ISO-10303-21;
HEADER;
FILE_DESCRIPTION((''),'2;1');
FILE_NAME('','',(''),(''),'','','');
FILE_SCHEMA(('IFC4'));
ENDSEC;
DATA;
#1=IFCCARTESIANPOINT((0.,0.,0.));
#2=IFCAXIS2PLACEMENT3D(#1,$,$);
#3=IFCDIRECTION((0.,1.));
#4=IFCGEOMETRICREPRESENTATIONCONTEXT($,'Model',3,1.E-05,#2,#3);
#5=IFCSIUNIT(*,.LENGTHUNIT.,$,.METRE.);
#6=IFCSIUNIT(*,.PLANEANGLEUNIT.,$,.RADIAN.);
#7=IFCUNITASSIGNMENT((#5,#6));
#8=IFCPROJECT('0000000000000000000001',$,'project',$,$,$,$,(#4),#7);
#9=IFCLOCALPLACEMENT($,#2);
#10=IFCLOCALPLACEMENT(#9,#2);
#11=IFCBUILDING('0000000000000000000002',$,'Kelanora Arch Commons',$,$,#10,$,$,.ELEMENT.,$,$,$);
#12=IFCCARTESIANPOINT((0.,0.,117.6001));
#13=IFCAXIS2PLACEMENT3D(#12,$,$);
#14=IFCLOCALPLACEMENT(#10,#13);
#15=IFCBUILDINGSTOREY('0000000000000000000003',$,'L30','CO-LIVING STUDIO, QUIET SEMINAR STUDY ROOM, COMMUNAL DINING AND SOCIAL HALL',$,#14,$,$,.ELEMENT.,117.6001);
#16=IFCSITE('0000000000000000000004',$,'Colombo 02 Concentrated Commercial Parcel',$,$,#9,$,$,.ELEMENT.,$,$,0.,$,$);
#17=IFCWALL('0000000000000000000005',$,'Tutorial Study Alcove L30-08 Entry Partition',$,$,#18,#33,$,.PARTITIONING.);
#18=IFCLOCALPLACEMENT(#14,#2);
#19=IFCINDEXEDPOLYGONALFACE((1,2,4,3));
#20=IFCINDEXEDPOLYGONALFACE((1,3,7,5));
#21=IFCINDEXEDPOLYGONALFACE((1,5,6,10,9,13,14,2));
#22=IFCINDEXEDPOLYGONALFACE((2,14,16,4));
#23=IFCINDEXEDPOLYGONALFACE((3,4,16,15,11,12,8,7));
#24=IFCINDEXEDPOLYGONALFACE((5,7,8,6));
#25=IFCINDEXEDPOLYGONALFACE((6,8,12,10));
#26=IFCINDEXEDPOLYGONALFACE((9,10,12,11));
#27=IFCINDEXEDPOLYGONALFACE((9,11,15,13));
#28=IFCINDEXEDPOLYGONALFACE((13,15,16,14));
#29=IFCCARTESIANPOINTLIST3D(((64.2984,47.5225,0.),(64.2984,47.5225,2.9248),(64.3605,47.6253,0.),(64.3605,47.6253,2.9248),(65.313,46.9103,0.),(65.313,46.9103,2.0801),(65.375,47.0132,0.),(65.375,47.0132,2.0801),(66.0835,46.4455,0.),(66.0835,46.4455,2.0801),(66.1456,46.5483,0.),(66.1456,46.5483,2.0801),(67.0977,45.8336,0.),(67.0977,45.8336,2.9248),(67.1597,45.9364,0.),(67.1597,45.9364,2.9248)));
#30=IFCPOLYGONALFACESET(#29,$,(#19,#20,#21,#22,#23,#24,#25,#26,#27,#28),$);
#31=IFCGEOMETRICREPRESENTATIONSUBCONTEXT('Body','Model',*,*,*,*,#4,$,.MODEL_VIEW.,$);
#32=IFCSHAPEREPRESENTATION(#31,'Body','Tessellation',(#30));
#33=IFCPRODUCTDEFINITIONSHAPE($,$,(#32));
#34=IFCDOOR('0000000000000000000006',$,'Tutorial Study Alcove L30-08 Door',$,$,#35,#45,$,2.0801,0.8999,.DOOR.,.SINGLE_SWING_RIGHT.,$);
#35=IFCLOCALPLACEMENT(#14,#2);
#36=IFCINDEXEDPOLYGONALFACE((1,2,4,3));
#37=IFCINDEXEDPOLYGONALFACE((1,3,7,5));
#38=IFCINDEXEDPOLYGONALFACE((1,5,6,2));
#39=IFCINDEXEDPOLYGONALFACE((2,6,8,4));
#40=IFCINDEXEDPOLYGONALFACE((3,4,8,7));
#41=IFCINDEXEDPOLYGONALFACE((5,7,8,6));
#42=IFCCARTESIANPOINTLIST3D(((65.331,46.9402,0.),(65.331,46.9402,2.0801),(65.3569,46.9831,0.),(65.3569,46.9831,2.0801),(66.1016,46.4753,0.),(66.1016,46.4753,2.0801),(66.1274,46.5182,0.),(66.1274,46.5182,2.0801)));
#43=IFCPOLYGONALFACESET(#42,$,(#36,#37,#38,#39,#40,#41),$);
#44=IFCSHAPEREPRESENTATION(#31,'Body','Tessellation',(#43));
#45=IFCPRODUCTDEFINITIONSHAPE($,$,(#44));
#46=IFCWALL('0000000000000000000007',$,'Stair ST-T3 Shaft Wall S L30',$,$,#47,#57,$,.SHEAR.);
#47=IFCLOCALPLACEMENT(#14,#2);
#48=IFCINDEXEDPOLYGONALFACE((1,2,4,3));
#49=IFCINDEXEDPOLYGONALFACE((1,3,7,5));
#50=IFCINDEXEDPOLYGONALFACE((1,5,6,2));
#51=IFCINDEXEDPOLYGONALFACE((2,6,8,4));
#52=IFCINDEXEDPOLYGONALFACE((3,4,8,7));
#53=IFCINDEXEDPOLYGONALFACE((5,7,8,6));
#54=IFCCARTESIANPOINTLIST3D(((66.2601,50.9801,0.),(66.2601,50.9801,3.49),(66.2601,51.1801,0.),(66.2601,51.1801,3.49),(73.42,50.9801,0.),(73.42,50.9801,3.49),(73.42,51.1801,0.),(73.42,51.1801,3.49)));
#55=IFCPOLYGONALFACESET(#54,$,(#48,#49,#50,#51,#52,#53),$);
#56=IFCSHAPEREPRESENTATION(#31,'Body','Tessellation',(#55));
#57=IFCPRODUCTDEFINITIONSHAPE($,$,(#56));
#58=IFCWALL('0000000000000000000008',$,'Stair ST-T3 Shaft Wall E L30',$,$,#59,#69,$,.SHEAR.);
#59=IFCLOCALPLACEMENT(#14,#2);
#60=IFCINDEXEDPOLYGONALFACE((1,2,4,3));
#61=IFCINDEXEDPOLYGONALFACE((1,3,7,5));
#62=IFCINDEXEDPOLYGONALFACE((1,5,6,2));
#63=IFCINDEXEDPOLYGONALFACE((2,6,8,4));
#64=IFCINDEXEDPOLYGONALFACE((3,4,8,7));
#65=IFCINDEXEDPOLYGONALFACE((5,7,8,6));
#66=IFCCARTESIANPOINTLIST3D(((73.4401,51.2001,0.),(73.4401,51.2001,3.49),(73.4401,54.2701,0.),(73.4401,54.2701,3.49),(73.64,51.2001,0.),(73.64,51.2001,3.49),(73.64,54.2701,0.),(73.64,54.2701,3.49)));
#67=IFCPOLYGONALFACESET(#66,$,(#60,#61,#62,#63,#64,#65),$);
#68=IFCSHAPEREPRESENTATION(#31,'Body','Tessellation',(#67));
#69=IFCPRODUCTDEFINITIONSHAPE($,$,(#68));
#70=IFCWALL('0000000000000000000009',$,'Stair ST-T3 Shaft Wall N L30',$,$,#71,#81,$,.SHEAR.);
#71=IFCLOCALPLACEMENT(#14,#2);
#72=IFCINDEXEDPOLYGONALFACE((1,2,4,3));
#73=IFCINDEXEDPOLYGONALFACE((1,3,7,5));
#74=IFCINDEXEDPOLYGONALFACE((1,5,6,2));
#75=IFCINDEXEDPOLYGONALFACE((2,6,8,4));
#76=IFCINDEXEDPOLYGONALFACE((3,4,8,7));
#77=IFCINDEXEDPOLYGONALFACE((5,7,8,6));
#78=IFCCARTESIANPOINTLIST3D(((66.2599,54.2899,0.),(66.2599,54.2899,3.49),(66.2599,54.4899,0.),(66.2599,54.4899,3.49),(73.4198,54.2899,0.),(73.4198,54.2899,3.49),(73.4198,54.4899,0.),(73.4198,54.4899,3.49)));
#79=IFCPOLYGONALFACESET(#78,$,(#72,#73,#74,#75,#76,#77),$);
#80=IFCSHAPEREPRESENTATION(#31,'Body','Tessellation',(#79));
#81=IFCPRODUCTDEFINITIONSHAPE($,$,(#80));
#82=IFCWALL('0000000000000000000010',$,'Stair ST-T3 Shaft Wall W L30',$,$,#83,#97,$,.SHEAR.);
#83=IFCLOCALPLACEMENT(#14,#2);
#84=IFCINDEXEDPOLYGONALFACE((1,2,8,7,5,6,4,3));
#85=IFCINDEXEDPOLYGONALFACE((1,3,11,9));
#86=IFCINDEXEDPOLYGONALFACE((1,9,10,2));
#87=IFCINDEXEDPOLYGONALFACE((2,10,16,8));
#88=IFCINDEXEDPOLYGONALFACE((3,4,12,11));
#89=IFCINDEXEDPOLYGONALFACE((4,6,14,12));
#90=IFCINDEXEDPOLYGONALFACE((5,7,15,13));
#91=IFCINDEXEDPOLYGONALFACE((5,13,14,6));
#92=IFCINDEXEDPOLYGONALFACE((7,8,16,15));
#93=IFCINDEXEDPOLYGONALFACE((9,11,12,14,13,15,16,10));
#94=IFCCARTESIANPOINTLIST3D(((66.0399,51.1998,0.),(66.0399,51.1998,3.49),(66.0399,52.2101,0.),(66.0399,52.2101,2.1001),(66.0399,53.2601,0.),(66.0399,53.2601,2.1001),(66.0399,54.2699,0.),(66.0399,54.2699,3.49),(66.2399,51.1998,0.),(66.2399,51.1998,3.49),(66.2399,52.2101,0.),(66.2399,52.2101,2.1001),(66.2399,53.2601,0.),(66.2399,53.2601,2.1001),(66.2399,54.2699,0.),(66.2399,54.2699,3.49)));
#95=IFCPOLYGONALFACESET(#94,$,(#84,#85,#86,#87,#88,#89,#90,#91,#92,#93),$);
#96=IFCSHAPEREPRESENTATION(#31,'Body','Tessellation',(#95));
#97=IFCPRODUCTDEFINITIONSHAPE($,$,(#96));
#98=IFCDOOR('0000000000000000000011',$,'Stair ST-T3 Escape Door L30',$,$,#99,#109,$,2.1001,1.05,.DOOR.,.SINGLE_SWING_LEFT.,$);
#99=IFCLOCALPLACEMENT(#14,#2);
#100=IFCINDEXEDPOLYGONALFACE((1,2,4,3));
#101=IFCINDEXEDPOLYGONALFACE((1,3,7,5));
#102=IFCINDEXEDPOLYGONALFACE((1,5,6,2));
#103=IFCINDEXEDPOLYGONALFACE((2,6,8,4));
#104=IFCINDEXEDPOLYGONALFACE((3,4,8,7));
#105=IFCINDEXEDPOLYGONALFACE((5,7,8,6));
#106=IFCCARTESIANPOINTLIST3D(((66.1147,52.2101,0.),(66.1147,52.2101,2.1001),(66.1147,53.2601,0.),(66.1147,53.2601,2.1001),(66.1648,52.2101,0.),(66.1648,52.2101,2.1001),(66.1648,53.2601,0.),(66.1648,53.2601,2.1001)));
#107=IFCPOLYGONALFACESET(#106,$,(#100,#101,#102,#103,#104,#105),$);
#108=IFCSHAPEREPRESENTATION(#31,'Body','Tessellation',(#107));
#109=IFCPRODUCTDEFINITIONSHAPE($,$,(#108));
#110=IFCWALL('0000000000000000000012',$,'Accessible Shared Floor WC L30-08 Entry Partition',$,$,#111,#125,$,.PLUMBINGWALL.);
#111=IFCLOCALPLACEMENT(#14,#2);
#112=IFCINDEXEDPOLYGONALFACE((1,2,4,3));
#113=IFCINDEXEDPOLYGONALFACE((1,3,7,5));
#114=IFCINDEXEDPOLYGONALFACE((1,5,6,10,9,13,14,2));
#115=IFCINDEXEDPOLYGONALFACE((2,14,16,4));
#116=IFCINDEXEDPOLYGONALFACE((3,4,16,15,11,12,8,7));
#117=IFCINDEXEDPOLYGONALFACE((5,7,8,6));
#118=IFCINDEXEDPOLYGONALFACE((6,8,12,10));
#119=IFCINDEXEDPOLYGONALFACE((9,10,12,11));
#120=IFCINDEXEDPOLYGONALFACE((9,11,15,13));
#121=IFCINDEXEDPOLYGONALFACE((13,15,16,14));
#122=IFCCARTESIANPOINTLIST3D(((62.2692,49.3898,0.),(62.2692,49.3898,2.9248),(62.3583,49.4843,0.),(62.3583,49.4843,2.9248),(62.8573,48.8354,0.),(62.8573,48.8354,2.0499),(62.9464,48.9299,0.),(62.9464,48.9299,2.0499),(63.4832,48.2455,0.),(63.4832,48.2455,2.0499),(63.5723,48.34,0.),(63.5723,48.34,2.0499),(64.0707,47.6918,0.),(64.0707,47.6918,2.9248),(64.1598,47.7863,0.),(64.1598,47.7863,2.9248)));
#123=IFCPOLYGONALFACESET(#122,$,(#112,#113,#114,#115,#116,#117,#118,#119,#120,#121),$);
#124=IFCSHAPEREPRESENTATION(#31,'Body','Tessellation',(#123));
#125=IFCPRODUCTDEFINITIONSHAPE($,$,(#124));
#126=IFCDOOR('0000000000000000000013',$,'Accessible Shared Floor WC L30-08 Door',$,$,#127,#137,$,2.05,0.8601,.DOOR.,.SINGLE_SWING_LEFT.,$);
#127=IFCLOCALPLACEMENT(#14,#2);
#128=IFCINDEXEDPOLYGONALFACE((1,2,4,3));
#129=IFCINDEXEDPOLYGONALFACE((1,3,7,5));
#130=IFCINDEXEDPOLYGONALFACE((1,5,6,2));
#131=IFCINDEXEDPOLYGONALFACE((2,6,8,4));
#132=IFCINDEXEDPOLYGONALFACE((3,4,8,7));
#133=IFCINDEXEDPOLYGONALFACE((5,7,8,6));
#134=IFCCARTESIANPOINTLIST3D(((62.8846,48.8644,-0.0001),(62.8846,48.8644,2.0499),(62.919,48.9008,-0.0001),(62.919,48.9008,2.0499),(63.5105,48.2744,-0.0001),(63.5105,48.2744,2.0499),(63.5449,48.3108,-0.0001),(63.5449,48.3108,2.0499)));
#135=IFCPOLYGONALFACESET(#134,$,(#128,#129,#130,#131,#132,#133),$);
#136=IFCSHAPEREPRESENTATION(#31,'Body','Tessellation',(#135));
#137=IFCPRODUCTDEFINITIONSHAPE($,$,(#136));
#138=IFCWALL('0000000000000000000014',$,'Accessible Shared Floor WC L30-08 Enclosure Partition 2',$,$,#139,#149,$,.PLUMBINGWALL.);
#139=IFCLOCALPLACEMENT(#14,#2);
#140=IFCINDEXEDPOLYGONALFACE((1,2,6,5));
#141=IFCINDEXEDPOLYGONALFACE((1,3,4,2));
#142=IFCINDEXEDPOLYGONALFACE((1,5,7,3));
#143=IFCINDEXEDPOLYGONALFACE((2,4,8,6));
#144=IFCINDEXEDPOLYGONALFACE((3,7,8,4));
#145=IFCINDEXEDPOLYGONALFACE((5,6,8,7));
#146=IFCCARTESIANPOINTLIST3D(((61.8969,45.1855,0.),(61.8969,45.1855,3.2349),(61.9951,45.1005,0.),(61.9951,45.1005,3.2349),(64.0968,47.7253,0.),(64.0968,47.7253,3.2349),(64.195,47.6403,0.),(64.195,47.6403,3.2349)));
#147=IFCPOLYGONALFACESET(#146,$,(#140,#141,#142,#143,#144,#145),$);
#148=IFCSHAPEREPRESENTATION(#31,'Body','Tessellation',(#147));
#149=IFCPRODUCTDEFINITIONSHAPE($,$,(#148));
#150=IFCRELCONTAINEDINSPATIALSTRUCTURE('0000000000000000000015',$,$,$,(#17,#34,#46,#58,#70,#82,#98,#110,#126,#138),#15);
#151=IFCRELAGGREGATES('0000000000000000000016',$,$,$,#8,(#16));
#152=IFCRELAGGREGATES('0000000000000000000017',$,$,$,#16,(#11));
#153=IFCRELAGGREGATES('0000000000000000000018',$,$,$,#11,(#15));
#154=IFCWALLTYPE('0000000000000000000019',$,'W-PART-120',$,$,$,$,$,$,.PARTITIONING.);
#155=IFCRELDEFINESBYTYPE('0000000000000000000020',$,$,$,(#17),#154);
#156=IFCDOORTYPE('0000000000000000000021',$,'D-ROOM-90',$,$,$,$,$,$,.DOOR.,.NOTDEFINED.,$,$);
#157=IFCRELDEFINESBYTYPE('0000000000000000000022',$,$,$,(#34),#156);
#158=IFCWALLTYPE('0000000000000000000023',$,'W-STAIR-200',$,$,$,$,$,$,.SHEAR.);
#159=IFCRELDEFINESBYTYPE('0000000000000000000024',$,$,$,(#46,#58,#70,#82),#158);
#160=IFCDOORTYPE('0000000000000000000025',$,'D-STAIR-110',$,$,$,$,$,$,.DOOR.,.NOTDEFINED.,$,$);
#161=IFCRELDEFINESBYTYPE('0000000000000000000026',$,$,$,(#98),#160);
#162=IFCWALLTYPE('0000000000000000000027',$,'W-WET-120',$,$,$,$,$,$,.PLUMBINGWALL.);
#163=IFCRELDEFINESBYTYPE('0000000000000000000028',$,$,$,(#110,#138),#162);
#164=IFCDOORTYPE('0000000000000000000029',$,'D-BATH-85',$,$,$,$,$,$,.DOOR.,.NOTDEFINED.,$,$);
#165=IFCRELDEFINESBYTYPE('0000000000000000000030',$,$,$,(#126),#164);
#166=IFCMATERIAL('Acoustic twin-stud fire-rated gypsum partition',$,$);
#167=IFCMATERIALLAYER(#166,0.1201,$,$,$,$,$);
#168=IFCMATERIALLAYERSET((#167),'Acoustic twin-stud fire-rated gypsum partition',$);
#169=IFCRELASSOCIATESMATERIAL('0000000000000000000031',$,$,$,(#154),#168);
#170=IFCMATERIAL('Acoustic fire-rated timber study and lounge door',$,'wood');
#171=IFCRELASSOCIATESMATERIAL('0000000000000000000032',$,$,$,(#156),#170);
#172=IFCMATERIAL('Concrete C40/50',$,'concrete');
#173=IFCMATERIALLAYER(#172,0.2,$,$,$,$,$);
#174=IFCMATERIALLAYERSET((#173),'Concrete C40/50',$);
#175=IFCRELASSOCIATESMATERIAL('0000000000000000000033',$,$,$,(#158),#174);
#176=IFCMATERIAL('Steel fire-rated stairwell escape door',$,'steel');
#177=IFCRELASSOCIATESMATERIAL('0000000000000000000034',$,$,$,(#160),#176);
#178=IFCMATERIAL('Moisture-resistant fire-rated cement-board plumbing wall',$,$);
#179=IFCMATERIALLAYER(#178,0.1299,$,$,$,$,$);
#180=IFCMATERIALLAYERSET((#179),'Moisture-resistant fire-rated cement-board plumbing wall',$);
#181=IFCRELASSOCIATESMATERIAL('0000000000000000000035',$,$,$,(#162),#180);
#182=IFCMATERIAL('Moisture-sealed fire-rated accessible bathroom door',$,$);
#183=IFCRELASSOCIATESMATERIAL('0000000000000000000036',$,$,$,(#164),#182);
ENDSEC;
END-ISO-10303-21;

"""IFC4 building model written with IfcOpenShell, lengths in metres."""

from ifc_helpers import new_model, si_unit, direction, frame, frame_2d, origin, place, context, subcontext, project, spatial, rectangle, extrude, material, layer, layer_set, type_object, element, fill, save


model = new_model("IFC4")

# Units and contexts
model_context = context("Model", 3, precision=1e-05, world=origin(), true_north=direction((0.0, 1.0)))
body_context = subcontext(model_context, "Body", "Model", "MODEL_VIEW")
ifc_project = project(units=[si_unit("LENGTHUNIT", "METRE"), si_unit("PLANEANGLEUNIT", "RADIAN")], contexts=[model_context])

# Site, building, storey
site_placement = place(None, origin())
site = spatial("IfcSite", under=ifc_project, at=site_placement, Name="Colombo 02 Concentrated Commercial Parcel", CompositionType="ELEMENT", RefElevation=0.0)
building_placement = place(site_placement, origin())
building = spatial("IfcBuilding", under=site, at=building_placement, Name="Kelanora Arch Commons", CompositionType="ELEMENT")
storey_placement = place(building_placement, frame((0.0, 0.0, 117.6001)))
storey = spatial("IfcBuildingStorey", under=building, at=storey_placement, Name="L30", Description="CO-LIVING STUDIO, QUIET SEMINAR STUDY ROOM, COMMUNAL DINING AND SOCIAL HALL", CompositionType="ELEMENT", Elevation=117.6001)

# Shared definitions
ifc_material_1 = material(Name="Concrete C40/50", Category="concrete")

# Wall, opening, door
ifc_material_2 = material(Name="Acoustic twin-stud fire-rated gypsum partition")
ifc_layer_1 = layer(ifc_material_2, 0.1201)
ifc_layer_set_1 = layer_set([ifc_layer_1], Name="Acoustic twin-stud fire-rated gypsum partition")
wall_type_1 = type_object("IfcWallType", Name="W-PART-120", PredefinedType="PARTITIONING", material=ifc_layer_set_1)
wall_1_placement = place(storey_placement, frame((64.3293, 47.574, 0.0), z_axis=(0.0, 0.0, 1.0), x_axis=(0.856225, -0.516603, 0.0)))
wall_1 = element("IfcWall", 1, at=wall_1_placement, inside=storey, type_object=wall_type_1, Name="Tutorial Study Alcove L30-08 Entry Partition", PredefinedType="PARTITIONING", context=body_context, shape_type="SweptSolid", body=[
    extrude(rectangle(XDim=3.2693, YDim=0.1201, at=frame_2d((1.6348, 0.0))), origin(), (0.0, 0.0, 1.0), 2.9248),
])
opening_1_placement = place(wall_1_placement, frame((1.1851, 0.0, 0.0)))
opening_1 = element("IfcOpeningElement", 2, at=opening_1_placement, cuts=wall_1, PredefinedType="OPENING", context=body_context, shape_type="SweptSolid", body=[
    extrude(rectangle(XDim=0.8999, YDim=2.0801, at=frame_2d((0.45, 1.04))), frame((0.0, 0.0701, 0.0), z_axis=(0.0, -1.0, 0.0), x_axis=(1.0, 0.0, 0.0)), (0.0, 0.0, 1.0), 0.1401),
])
ifc_material_3 = material(Name="Acoustic fire-rated timber study and lounge door", Category="wood")
door_type_1 = type_object("IfcDoorType", Name="D-ROOM-90", OperationType="NOTDEFINED", PredefinedType="DOOR", material=ifc_material_3)
door_1_placement = place(opening_1_placement, origin())
door_1 = element("IfcDoor", 3, at=door_1_placement, inside=storey, type_object=door_type_1, Name="Tutorial Study Alcove L30-08 Door", OperationType="SINGLE_SWING_RIGHT", OverallHeight=2.0801, OverallWidth=0.8999, PredefinedType="DOOR", context=body_context, shape_type="SweptSolid", body=[
    extrude(rectangle(XDim=0.8999, YDim=2.0801, at=frame_2d((0.45, 1.04))), frame((0.0, 0.0249, 0.0), z_axis=(0.0, -1.0, 0.0), x_axis=(1.0, 0.0, 0.0)), (0.0, 0.0, 1.0), 0.05),
])
fill(opening_1, door_1)

# Walls
ifc_layer_2 = layer(ifc_material_1, 0.2)
ifc_layer_set_2 = layer_set([ifc_layer_2], Name="Concrete C40/50")
wall_type_2 = type_object("IfcWallType", Name="W-STAIR-200", PredefinedType="SHEAR", material=ifc_layer_set_2)
wall_2_placement = place(storey_placement, frame((66.26, 51.0801, 0.0), z_axis=(0.0, 0.0, 1.0), x_axis=(1.0, 0.0, 0.0)))
element("IfcWall", 4, at=wall_2_placement, inside=storey, type_object=wall_type_2, Name="Stair ST-T3 Shaft Wall S L30", PredefinedType="SHEAR", context=body_context, shape_type="SweptSolid", body=[
    extrude(rectangle(XDim=7.1599, YDim=0.2, at=frame_2d((3.5801, 0.0))), origin(), (0.0, 0.0, 1.0), 3.49),
])
wall_3_placement = place(storey_placement, frame((73.54, 51.2, 0.0), z_axis=(0.0, 0.0, 1.0), x_axis=(0.0, 1.0, 0.0)))
element("IfcWall", 5, at=wall_3_placement, inside=storey, type_object=wall_type_2, Name="Stair ST-T3 Shaft Wall E L30", PredefinedType="SHEAR", context=body_context, shape_type="SweptSolid", body=[
    extrude(rectangle(XDim=3.0701, YDim=0.2, at=frame_2d((1.5352, 0.0))), origin(), (0.0, 0.0, 1.0), 3.49),
])
wall_4_placement = place(storey_placement, frame((73.4199, 54.3899, 0.0), z_axis=(0.0, 0.0, 1.0), x_axis=(-1.0, 0.0, 0.0)))
element("IfcWall", 6, at=wall_4_placement, inside=storey, type_object=wall_type_2, Name="Stair ST-T3 Shaft Wall N L30", PredefinedType="SHEAR", context=body_context, shape_type="SweptSolid", body=[
    extrude(rectangle(XDim=7.1599, YDim=0.2, at=frame_2d((3.5801, 0.0))), origin(), (0.0, 0.0, 1.0), 3.49),
])

# Walls, openings, doors
wall_5_placement = place(storey_placement, frame((66.1399, 54.27, 0.0), z_axis=(0.0, 0.0, 1.0), x_axis=(0.0, -1.0, 0.0)))
wall_5 = element("IfcWall", 7, at=wall_5_placement, inside=storey, type_object=wall_type_2, Name="Stair ST-T3 Shaft Wall W L30", PredefinedType="SHEAR", context=body_context, shape_type="SweptSolid", body=[
    extrude(rectangle(XDim=3.0701, YDim=0.2, at=frame_2d((1.5352, 0.0))), origin(), (0.0, 0.0, 1.0), 3.49),
])
opening_2_placement = place(wall_5_placement, frame((1.01, 0.0, 0.0)))
opening_2 = element("IfcOpeningElement", 8, at=opening_2_placement, cuts=wall_5, PredefinedType="OPENING", context=body_context, shape_type="SweptSolid", body=[
    extrude(rectangle(XDim=1.05, YDim=2.1001, at=frame_2d((0.5249, 1.05))), frame((0.0, 0.1099, 0.0), z_axis=(0.0, -1.0, 0.0), x_axis=(1.0, 0.0, 0.0)), (0.0, 0.0, 1.0), 0.22),
])
ifc_material_4 = material(Name="Steel fire-rated stairwell escape door", Category="steel")
door_type_2 = type_object("IfcDoorType", Name="D-STAIR-110", OperationType="NOTDEFINED", PredefinedType="DOOR", material=ifc_material_4)
door_2_placement = place(opening_2_placement, origin())
door_2 = element("IfcDoor", 9, at=door_2_placement, inside=storey, type_object=door_type_2, Name="Stair ST-T3 Escape Door L30", OperationType="SINGLE_SWING_LEFT", OverallHeight=2.1001, OverallWidth=1.05, PredefinedType="DOOR", context=body_context, shape_type="SweptSolid", body=[
    extrude(rectangle(XDim=1.05, YDim=2.1001, at=frame_2d((0.5249, 1.05))), frame((0.0, 0.0249, 0.0), z_axis=(0.0, -1.0, 0.0), x_axis=(1.0, 0.0, 0.0)), (0.0, 0.0, 1.0), 0.05),
])
fill(opening_2, door_2)
ifc_material_5 = material(Name="Moisture-resistant fire-rated cement-board plumbing wall")
ifc_layer_3 = layer(ifc_material_5, 0.1299)
ifc_layer_set_3 = layer_set([ifc_layer_3], Name="Moisture-resistant fire-rated cement-board plumbing wall")
wall_type_3 = type_object("IfcWallType", Name="W-WET-120", PredefinedType="PLUMBINGWALL", material=ifc_layer_set_3)
wall_6_placement = place(storey_placement, frame((62.3137, 49.437, 0.0), z_axis=(0.0, 0.0, 1.0), x_axis=(0.727705, -0.685891, 0.0)))
wall_6 = element("IfcWall", 10, at=wall_6_placement, inside=storey, type_object=wall_type_3, Name="Accessible Shared Floor WC L30-08 Entry Partition", PredefinedType="PLUMBINGWALL", context=body_context, shape_type="SweptSolid", body=[
    extrude(rectangle(XDim=2.4756, YDim=0.1299, at=frame_2d((1.2378, 0.0))), origin(), (0.0, 0.0, 1.0), 2.9248),
])
opening_3_placement = place(wall_6_placement, frame((0.8081, 0.0, 0.0)))
opening_3 = element("IfcOpeningElement", 11, at=opening_3_placement, cuts=wall_6, PredefinedType="OPENING", context=body_context, shape_type="SweptSolid", body=[
    extrude(rectangle(XDim=0.8601, YDim=2.05, at=frame_2d((0.4302, 1.0249))), frame((0.0, 0.075, 0.0), z_axis=(0.0, -1.0, 0.0), x_axis=(1.0, 0.0, 0.0)), (0.0, 0.0, 1.0), 0.1499),
])
ifc_material_6 = material(Name="Moisture-sealed fire-rated accessible bathroom door")
door_type_3 = type_object("IfcDoorType", Name="D-BATH-85", OperationType="NOTDEFINED", PredefinedType="DOOR", material=ifc_material_6)
door_3_placement = place(opening_3_placement, origin())
door_3 = element("IfcDoor", 12, at=door_3_placement, inside=storey, type_object=door_type_3, Name="Accessible Shared Floor WC L30-08 Door", OperationType="SINGLE_SWING_LEFT", OverallHeight=2.05, OverallWidth=0.8601, PredefinedType="DOOR", context=body_context, shape_type="SweptSolid", body=[
    extrude(rectangle(XDim=0.8601, YDim=2.05, at=frame_2d((0.4302, 1.0249))), frame((0.0, 0.0249, 0.0), z_axis=(0.0, -1.0, 0.0), x_axis=(1.0, 0.0, 0.0)), (0.0, 0.0, 1.0), 0.05),
])
fill(opening_3, door_3)

# Wall
wall_7_placement = place(storey_placement, frame((64.146, 47.6829, 0.0), z_axis=(0.0, 0.0, 1.0), x_axis=(-0.654726, -0.755866, 0.0)))
element("IfcWall", 13, at=wall_7_placement, inside=storey, type_object=wall_type_3, Name="Accessible Shared Floor WC L30-08 Enclosure Partition 2", PredefinedType="PLUMBINGWALL", context=body_context, shape_type="SweptSolid", body=[
    extrude(rectangle(XDim=3.3601, YDim=0.1299, at=frame_2d((1.6802, 0.0))), origin(), (0.0, 0.0, 1.0), 3.2349),
])

save(model, "model.ifc")
